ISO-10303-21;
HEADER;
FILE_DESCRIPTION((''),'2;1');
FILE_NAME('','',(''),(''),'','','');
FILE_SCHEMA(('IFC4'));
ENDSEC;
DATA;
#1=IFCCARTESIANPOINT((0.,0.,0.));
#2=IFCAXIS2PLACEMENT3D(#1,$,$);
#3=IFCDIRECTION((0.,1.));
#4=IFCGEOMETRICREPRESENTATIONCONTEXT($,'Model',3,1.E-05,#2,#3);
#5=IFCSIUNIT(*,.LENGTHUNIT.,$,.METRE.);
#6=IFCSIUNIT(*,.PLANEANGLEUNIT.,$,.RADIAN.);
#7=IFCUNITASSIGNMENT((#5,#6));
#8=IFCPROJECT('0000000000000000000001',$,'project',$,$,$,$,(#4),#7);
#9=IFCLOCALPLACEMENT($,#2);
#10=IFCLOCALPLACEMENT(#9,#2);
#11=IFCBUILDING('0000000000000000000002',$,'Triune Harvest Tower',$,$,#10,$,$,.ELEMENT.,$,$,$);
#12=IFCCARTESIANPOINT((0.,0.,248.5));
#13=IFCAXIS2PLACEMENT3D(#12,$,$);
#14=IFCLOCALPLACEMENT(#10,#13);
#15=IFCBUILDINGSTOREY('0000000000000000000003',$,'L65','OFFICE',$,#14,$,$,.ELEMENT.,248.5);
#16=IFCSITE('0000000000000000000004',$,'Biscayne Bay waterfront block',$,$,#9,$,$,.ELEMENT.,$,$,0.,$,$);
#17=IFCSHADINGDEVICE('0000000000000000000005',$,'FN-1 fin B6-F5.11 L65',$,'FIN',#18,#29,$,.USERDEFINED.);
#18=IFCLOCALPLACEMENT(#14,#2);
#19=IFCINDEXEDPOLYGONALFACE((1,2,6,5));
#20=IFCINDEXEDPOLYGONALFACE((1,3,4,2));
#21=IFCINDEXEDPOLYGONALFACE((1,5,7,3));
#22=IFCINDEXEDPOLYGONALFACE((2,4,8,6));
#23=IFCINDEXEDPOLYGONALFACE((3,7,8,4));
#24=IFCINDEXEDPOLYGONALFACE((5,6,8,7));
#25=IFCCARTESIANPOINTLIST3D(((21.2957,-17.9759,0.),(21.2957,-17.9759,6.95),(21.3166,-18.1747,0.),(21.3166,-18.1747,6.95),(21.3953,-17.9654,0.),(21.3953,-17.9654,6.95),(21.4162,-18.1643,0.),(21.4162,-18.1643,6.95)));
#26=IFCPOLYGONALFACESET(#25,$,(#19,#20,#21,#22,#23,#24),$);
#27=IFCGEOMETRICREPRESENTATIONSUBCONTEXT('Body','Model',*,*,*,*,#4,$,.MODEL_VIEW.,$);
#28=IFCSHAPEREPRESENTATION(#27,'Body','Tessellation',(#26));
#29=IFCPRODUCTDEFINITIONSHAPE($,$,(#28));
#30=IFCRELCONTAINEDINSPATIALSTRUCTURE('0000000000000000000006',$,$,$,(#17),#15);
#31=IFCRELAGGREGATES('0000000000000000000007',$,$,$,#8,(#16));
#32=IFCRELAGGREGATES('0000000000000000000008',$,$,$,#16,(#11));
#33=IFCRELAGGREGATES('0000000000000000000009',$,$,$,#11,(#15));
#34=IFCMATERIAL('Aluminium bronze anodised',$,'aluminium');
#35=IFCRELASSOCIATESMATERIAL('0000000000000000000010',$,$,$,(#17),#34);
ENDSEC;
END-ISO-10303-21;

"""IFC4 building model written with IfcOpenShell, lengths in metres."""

from ifc_helpers import new_model, si_unit, direction, frame, origin, origin_2d, place, context, subcontext, project, spatial, rectangle, extrude, source, transform, mapped, material, element, save


model = new_model("IFC4")

# Units and contexts
model_context = context("Model", 3, precision=1e-05, world=origin(), true_north=direction((0.0, 1.0)))
body_context = subcontext(model_context, "Body", "Model", "MODEL_VIEW")
ifc_project = project(units=[si_unit("LENGTHUNIT", "METRE"), si_unit("PLANEANGLEUNIT", "RADIAN")], contexts=[model_context])

# Site, building, storey
site_placement = place(None, origin())
site = spatial("IfcSite", under=ifc_project, at=site_placement, Name="Biscayne Bay waterfront block", CompositionType="ELEMENT", RefElevation=0.0)
building_placement = place(site_placement, origin())
building = spatial("IfcBuilding", under=site, at=building_placement, Name="Triune Harvest Tower", CompositionType="ELEMENT")
storey_placement = place(building_placement, frame((0.0, 0.0, 248.5)))
storey = spatial("IfcBuildingStorey", under=building, at=storey_placement, Name="L65", Description="OFFICE", CompositionType="ELEMENT", Elevation=248.5)

# Shading device
ifc_material_1 = material(Name="Aluminium bronze anodised", Category="aluminium")
shared_shape_1 = source(origin(), body_context, "Body", "SweptSolid", [
    extrude(rectangle(XDim=0.1001, YDim=0.2, at=origin_2d()), origin(), (0.0, 0.0, 1.0), 6.95),
])
shading_device_placement = place(storey_placement, frame((21.356, -18.0701, 0.0), z_axis=(0.0, 0.0, 1.0), x_axis=(0.994522, 0.10453, 0.0)))
element("IfcShadingDevice", 1, at=shading_device_placement, inside=storey, material=ifc_material_1, Name="FN-1 fin B6-F5.11 L65", ObjectType="FIN", PredefinedType="USERDEFINED", context=body_context, shape_type="MappedRepresentation", body=[
    mapped(shared_shape_1, transform((0.0, 0.0, 0.0), scale=1.0)),
])

save(model, "model.ifc")
